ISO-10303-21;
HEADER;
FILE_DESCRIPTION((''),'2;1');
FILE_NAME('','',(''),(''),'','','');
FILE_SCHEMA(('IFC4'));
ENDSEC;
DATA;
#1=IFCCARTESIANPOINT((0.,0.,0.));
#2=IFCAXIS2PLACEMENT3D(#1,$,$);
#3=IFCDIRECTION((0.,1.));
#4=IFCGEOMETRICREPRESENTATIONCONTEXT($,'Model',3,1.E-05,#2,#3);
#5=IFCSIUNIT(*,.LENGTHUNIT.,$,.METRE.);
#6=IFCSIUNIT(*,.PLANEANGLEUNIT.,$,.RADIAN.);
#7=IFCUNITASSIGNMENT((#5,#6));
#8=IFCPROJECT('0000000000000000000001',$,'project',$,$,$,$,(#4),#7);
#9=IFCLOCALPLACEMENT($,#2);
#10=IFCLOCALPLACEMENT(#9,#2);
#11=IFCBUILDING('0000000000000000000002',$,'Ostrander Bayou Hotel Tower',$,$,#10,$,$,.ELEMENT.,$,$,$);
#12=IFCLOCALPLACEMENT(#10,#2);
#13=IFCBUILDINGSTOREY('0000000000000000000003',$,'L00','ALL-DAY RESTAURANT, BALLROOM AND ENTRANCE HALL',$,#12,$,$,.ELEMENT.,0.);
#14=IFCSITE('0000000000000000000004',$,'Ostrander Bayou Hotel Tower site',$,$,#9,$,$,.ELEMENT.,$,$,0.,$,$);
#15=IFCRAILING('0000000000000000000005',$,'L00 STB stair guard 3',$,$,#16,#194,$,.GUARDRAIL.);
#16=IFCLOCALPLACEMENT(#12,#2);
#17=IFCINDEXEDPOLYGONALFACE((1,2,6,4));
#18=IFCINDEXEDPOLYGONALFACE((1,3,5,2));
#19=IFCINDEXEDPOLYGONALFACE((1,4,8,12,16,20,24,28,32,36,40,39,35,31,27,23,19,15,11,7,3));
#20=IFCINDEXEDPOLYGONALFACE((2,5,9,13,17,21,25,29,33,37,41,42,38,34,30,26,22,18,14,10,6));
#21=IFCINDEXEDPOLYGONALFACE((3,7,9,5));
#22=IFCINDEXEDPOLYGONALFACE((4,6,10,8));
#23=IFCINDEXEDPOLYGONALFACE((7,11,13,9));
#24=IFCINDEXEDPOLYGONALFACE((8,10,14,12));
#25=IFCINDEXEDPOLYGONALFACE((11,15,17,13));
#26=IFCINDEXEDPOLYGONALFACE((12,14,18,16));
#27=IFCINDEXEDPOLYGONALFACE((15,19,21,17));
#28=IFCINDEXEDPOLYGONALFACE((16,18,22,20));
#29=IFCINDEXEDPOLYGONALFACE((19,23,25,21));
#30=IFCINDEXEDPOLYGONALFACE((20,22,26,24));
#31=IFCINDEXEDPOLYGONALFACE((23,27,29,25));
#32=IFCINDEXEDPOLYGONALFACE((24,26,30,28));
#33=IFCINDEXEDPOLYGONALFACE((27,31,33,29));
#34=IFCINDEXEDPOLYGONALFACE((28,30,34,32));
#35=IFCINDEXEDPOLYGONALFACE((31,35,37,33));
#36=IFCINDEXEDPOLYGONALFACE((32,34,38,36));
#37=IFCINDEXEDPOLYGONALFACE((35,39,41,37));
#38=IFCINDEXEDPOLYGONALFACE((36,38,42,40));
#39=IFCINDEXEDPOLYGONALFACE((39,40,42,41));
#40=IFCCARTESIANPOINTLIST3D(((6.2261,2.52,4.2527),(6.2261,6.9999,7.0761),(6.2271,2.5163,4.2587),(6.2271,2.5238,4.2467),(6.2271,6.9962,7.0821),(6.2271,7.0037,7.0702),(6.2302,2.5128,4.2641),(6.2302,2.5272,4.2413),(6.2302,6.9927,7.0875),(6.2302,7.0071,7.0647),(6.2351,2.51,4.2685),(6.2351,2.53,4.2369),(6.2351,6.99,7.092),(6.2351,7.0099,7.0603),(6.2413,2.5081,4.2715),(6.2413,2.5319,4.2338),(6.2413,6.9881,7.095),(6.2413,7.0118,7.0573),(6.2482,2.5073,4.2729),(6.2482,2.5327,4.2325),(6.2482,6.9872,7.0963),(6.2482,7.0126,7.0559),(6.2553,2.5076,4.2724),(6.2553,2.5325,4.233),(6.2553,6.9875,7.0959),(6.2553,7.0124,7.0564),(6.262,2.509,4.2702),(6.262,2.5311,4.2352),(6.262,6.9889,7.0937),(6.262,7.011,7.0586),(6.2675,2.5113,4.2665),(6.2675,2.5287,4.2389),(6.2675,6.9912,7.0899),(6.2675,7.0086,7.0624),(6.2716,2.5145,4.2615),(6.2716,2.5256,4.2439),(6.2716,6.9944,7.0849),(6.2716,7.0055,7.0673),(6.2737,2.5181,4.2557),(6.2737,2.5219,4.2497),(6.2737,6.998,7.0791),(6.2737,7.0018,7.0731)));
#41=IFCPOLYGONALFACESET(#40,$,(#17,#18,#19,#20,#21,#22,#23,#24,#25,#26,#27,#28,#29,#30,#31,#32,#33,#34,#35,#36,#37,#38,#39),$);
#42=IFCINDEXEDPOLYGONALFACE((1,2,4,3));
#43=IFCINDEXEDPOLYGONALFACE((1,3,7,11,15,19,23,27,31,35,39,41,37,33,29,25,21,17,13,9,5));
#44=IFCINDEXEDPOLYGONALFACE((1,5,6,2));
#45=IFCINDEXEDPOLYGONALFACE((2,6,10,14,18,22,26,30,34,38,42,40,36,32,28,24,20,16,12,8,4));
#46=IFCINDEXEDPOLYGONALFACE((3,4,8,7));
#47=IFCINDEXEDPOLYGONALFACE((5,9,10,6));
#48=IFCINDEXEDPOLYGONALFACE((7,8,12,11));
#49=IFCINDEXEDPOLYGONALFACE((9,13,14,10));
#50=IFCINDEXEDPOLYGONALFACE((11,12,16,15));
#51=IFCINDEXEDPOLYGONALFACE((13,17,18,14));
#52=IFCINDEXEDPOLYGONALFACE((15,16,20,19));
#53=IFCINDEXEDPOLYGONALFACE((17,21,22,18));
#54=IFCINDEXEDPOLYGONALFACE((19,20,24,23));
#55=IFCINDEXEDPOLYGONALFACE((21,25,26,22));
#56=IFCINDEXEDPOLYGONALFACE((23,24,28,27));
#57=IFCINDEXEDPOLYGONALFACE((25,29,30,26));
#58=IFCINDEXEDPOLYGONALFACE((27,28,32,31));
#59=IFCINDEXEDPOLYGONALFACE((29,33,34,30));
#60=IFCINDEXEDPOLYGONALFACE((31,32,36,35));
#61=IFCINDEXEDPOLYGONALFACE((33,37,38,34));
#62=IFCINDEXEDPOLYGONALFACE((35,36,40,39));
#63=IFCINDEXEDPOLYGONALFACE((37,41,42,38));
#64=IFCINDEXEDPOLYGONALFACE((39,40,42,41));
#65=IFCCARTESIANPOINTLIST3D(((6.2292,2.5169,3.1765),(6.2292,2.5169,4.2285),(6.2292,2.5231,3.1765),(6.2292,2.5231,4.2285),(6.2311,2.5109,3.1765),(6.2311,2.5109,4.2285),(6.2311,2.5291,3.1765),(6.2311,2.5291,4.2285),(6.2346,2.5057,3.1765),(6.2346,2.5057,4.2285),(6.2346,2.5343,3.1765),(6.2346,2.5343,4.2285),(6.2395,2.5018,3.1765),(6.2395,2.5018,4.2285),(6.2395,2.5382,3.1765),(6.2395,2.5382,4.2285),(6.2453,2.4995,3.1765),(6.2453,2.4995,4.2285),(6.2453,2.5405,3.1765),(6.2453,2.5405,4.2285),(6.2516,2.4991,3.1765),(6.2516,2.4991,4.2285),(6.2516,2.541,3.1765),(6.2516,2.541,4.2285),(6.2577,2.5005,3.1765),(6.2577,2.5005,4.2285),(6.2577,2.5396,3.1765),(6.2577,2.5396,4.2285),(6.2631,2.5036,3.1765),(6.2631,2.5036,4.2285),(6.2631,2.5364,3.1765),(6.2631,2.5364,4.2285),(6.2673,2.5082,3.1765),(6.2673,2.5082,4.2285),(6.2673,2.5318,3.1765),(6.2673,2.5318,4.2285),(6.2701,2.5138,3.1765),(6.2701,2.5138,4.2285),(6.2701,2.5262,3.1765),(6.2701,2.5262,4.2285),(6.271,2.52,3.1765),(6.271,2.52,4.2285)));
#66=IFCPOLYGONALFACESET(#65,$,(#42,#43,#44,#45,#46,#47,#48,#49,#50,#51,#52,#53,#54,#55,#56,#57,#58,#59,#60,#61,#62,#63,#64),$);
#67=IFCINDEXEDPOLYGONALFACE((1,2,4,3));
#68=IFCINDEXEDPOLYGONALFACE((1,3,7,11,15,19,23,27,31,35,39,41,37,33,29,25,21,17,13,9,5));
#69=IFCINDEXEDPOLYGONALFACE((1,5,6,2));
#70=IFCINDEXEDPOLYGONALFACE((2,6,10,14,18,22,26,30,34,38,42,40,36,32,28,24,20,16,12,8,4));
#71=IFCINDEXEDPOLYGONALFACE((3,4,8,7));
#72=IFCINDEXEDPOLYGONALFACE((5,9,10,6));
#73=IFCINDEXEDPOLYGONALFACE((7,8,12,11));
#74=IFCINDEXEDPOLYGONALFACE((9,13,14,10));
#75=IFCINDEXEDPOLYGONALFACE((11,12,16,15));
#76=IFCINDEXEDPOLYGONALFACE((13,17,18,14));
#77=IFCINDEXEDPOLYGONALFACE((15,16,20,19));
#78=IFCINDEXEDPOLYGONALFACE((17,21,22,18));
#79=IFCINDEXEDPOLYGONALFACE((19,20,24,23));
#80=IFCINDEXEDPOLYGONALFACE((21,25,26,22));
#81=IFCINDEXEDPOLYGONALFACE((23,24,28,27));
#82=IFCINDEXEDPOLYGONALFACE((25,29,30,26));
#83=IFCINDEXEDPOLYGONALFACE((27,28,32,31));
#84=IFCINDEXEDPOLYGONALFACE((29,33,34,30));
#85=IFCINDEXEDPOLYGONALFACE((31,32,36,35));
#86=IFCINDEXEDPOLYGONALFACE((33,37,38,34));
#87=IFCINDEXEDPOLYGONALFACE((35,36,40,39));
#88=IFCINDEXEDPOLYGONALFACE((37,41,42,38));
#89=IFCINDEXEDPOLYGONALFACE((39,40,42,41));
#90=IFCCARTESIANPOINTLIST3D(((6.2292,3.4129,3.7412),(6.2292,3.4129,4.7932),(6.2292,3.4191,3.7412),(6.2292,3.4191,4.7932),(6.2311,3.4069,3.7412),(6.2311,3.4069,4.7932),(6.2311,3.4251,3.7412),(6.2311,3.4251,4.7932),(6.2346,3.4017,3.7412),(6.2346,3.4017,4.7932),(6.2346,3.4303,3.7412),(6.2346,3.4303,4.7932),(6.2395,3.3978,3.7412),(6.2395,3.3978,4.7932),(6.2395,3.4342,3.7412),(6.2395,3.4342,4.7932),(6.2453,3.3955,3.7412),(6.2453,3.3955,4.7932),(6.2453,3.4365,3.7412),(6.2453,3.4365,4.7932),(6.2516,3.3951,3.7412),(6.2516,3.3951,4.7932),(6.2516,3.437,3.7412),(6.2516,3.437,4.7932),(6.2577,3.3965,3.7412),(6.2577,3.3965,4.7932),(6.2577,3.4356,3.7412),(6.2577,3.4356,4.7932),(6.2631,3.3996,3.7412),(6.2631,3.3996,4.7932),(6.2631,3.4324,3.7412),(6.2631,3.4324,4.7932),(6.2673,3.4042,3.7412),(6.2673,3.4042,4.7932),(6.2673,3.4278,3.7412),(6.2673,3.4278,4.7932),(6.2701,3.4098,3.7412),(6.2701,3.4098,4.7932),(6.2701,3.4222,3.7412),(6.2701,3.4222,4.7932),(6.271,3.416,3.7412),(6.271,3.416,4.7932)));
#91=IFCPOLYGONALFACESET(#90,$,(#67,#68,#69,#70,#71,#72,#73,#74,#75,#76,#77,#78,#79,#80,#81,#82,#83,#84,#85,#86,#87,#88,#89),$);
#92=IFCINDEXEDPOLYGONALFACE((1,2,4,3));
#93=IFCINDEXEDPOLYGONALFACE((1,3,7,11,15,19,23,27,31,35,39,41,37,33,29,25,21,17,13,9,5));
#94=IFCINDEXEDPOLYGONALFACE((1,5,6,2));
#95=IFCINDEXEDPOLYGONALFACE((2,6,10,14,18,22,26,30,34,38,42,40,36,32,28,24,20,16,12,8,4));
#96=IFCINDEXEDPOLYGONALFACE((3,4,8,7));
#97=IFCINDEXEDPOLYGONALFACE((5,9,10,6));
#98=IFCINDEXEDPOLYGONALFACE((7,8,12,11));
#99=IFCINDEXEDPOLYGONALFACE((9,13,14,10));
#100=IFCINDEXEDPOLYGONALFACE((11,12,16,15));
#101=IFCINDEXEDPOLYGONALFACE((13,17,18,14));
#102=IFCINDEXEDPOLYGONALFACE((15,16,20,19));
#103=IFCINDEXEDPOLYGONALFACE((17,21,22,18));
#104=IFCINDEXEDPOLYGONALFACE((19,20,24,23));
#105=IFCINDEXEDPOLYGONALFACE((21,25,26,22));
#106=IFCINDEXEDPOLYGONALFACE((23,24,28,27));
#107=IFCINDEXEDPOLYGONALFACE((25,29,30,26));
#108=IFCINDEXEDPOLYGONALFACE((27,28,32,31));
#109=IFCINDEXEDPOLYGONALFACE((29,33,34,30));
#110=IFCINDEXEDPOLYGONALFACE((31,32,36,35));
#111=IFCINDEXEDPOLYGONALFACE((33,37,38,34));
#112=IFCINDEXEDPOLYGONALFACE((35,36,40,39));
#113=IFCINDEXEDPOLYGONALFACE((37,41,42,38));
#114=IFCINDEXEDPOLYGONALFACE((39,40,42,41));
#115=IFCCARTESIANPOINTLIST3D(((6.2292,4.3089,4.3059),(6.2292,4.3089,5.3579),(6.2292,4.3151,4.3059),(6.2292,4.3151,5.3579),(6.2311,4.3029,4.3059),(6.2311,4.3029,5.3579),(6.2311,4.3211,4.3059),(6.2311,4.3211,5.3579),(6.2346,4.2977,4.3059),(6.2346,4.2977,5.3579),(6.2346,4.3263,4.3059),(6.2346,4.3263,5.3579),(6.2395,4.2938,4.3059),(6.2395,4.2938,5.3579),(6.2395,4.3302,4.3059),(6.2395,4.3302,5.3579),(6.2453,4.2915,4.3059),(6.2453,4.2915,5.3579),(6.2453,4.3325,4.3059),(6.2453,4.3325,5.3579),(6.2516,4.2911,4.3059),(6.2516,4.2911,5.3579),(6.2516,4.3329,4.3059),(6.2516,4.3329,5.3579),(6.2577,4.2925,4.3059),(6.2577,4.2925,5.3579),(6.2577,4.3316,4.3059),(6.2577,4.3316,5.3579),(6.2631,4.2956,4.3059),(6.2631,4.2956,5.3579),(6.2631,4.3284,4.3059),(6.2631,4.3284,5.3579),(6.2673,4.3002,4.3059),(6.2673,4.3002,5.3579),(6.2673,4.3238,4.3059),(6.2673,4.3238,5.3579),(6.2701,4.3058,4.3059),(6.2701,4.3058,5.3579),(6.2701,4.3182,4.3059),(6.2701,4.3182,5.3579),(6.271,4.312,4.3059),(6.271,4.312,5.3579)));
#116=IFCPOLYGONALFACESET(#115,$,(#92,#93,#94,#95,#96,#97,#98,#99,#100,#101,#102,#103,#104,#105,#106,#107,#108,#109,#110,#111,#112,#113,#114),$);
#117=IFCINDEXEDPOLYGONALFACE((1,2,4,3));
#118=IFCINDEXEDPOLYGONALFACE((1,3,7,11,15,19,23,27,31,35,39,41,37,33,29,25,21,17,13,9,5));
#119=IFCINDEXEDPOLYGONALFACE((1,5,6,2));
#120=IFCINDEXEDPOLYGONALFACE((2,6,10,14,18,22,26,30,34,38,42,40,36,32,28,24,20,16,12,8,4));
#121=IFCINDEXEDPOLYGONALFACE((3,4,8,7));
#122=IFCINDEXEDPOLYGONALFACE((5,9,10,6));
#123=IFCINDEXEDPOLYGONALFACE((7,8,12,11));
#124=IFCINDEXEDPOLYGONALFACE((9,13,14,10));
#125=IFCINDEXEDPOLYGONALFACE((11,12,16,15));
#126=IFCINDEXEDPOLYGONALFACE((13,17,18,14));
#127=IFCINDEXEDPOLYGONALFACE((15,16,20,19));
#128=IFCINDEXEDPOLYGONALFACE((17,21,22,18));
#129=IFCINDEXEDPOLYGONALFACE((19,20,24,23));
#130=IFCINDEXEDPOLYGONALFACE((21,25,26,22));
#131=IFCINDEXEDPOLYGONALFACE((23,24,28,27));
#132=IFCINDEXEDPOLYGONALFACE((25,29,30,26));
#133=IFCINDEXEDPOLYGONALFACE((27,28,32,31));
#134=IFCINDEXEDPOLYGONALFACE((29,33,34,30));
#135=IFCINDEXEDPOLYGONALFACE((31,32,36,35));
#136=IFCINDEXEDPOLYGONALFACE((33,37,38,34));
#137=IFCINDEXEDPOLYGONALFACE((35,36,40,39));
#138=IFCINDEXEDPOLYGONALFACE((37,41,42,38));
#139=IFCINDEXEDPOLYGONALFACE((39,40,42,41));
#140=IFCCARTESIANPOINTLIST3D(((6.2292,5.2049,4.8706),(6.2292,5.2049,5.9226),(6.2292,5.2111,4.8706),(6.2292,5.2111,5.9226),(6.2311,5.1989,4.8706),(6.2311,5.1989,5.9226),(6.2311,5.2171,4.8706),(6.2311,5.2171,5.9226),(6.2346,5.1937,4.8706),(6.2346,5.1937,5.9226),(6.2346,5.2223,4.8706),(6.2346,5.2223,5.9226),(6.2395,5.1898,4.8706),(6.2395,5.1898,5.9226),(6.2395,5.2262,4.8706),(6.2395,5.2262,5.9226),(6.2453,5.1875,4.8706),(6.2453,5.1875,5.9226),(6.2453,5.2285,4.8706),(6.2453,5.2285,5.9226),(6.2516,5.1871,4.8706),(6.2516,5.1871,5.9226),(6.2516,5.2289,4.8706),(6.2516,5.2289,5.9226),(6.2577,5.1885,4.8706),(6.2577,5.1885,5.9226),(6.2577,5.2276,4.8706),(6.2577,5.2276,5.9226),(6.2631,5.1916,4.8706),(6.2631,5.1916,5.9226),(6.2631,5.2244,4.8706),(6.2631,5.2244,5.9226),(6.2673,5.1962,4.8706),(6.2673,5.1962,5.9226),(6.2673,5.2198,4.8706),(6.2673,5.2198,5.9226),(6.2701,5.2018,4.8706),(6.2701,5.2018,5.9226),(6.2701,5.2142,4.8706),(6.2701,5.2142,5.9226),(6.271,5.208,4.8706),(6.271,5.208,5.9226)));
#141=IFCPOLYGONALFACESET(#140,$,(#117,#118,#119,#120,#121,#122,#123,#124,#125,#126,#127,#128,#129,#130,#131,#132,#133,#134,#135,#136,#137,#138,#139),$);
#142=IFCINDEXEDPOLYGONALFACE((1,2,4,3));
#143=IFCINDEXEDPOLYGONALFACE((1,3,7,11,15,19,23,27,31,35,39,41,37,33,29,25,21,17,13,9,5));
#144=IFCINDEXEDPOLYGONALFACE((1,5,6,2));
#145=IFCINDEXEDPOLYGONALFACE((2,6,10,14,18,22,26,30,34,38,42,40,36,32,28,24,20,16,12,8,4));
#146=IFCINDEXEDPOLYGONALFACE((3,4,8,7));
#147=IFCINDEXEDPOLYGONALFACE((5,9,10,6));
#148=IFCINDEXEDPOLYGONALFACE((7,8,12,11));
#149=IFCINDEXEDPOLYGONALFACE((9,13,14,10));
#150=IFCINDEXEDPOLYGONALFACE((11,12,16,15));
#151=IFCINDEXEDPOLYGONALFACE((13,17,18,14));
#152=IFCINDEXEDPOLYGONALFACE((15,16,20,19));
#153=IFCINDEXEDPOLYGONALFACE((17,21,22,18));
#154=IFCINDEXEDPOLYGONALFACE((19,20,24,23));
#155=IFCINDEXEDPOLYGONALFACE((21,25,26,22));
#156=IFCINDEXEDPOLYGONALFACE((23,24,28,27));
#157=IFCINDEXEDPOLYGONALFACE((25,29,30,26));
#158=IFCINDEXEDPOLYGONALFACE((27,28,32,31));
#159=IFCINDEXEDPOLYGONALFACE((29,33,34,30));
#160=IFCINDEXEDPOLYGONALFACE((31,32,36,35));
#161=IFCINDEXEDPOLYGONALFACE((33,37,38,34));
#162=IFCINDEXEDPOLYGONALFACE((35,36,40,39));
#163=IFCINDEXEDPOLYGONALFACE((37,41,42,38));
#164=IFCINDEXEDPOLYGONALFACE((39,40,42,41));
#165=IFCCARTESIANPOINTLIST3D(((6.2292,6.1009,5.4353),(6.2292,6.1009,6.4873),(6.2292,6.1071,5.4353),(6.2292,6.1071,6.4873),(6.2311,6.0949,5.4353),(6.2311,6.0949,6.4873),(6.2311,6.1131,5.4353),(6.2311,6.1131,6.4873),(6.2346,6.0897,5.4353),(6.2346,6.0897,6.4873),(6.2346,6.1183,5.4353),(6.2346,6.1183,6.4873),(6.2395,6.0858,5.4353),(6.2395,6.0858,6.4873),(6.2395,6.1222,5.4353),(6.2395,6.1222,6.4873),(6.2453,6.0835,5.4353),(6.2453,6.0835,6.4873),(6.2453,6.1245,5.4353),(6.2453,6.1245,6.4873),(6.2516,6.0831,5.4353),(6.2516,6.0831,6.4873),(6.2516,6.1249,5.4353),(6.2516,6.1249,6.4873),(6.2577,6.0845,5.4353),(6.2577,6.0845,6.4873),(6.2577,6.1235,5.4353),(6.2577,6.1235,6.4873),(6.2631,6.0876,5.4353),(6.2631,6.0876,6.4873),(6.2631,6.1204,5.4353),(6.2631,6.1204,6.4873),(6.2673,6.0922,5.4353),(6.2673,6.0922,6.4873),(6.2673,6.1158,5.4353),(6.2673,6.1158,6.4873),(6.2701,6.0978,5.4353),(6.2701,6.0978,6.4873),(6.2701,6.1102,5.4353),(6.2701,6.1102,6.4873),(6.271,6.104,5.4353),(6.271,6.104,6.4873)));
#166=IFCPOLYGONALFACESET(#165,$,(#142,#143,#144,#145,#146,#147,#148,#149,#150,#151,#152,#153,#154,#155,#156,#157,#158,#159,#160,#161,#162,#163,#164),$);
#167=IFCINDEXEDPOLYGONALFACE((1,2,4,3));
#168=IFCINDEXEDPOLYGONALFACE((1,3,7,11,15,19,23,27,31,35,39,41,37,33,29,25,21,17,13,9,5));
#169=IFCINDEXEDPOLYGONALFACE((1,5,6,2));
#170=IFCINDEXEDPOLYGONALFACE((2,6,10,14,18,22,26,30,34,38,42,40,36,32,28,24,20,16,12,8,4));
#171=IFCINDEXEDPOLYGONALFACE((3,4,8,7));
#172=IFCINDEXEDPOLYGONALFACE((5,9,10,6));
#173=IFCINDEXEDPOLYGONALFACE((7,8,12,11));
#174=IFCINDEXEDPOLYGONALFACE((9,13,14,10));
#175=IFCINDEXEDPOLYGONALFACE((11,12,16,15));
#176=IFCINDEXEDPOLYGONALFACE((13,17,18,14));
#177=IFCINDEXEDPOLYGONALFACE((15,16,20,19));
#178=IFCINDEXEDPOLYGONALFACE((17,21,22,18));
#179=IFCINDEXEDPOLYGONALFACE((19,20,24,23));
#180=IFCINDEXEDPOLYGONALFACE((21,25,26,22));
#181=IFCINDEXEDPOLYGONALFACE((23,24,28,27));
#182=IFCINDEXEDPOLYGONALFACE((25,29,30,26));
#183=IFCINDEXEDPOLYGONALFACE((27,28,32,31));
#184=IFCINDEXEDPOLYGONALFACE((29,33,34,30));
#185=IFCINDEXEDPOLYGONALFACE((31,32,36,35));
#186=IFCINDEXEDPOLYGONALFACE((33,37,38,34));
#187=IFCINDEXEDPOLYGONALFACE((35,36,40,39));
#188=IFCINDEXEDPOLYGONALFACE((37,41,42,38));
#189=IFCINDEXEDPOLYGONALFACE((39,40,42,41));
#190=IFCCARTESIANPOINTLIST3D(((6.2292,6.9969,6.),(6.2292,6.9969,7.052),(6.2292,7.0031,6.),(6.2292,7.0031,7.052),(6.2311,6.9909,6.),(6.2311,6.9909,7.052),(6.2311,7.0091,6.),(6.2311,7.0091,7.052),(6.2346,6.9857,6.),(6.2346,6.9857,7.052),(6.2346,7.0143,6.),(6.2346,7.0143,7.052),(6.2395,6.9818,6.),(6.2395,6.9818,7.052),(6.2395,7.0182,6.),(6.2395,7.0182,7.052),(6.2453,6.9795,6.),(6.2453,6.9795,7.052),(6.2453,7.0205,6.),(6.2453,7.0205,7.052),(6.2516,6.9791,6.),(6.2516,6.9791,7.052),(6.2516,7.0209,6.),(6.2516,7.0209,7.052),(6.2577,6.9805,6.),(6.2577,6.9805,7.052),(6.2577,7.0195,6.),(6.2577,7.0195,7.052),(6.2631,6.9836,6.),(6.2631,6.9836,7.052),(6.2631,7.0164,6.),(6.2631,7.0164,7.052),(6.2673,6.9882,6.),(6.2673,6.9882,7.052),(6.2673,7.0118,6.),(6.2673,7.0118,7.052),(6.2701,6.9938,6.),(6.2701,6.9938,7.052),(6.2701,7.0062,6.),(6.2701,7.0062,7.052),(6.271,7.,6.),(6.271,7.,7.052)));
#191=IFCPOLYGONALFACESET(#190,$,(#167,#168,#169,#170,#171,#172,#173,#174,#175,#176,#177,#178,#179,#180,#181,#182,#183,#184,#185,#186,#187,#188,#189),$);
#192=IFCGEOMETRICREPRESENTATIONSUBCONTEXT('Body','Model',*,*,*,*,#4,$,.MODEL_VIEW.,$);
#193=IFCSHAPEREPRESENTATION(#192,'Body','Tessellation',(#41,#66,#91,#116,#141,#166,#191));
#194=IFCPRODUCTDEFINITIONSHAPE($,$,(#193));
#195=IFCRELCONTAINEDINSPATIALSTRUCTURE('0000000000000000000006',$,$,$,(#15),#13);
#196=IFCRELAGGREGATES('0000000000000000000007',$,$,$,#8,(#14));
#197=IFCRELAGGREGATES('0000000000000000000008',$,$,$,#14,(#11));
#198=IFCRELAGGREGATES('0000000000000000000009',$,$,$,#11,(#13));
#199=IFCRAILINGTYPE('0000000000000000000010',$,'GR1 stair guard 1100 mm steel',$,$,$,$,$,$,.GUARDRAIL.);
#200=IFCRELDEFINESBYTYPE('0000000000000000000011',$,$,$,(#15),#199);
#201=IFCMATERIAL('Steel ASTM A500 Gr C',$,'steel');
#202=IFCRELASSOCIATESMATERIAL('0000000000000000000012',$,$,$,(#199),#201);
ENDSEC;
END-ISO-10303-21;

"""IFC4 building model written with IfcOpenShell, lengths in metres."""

from ifc_helpers import new_model, si_unit, direction, frame, origin, origin_2d, place, context, subcontext, project, spatial, circle, extrude, material, type_object, element, save


model = new_model("IFC4")

# Units and contexts
model_context = context("Model", 3, precision=1e-05, world=origin(), true_north=direction((0.0, 1.0)))
body_context = subcontext(model_context, "Body", "Model", "MODEL_VIEW")
ifc_project = project(units=[si_unit("LENGTHUNIT", "METRE"), si_unit("PLANEANGLEUNIT", "RADIAN")], contexts=[model_context])

# Site, building, storey
site_placement = place(None, origin())
site = spatial("IfcSite", under=ifc_project, at=site_placement, Name="Ostrander Bayou Hotel Tower site", CompositionType="ELEMENT", RefElevation=0.0)
building_placement = place(site_placement, origin())
building = spatial("IfcBuilding", under=site, at=building_placement, Name="Ostrander Bayou Hotel Tower", CompositionType="ELEMENT")
storey_placement = place(building_placement, origin())
storey = spatial("IfcBuildingStorey", under=building, at=storey_placement, Name="L00", Description="ALL-DAY RESTAURANT, BALLROOM AND ENTRANCE HALL", CompositionType="ELEMENT", Elevation=0.0)

# Railing
ifc_material_1 = material(Name="Steel ASTM A500 Gr C", Category="steel")
railing_type_1 = type_object("IfcRailingType", Name="GR1 stair guard 1100 mm steel", PredefinedType="GUARDRAIL", material=ifc_material_1)
railing_1_placement = place(storey_placement, frame((6.25, 2.52, 3.1765)))
element("IfcRailing", 1, at=railing_1_placement, inside=storey, type_object=railing_type_1, Name="L00 STB stair guard 3", PredefinedType="GUARDRAIL", context=body_context, shape_type="SweptSolid", body=[
    extrude(circle(Radius=0.0239, at=origin_2d()), frame((0.0, 0.0, 1.0762), z_axis=(0.0, 0.845998, 0.533186), x_axis=(-1.0, 0.0, 0.0)), (0.0, 0.0, 1.0), 5.2954),
    extrude(circle(Radius=0.021, at=origin_2d()), origin(), (0.0, 0.0, 1.0), 1.052),
    extrude(circle(Radius=0.021, at=origin_2d()), frame((0.0, 0.896, 0.5647)), (0.0, 0.0, 1.0), 1.052),
    extrude(circle(Radius=0.021, at=origin_2d()), frame((0.0, 1.792, 1.1294)), (0.0, 0.0, 1.0), 1.052),
    extrude(circle(Radius=0.021, at=origin_2d()), frame((0.0, 2.688, 1.6941)), (0.0, 0.0, 1.0), 1.052),
    extrude(circle(Radius=0.021, at=origin_2d()), frame((0.0, 3.584, 2.2588)), (0.0, 0.0, 1.0), 1.052),
    extrude(circle(Radius=0.021, at=origin_2d()), frame((0.0, 4.48, 2.8235)), (0.0, 0.0, 1.0), 1.052),
])

save(model, "model.ifc")
